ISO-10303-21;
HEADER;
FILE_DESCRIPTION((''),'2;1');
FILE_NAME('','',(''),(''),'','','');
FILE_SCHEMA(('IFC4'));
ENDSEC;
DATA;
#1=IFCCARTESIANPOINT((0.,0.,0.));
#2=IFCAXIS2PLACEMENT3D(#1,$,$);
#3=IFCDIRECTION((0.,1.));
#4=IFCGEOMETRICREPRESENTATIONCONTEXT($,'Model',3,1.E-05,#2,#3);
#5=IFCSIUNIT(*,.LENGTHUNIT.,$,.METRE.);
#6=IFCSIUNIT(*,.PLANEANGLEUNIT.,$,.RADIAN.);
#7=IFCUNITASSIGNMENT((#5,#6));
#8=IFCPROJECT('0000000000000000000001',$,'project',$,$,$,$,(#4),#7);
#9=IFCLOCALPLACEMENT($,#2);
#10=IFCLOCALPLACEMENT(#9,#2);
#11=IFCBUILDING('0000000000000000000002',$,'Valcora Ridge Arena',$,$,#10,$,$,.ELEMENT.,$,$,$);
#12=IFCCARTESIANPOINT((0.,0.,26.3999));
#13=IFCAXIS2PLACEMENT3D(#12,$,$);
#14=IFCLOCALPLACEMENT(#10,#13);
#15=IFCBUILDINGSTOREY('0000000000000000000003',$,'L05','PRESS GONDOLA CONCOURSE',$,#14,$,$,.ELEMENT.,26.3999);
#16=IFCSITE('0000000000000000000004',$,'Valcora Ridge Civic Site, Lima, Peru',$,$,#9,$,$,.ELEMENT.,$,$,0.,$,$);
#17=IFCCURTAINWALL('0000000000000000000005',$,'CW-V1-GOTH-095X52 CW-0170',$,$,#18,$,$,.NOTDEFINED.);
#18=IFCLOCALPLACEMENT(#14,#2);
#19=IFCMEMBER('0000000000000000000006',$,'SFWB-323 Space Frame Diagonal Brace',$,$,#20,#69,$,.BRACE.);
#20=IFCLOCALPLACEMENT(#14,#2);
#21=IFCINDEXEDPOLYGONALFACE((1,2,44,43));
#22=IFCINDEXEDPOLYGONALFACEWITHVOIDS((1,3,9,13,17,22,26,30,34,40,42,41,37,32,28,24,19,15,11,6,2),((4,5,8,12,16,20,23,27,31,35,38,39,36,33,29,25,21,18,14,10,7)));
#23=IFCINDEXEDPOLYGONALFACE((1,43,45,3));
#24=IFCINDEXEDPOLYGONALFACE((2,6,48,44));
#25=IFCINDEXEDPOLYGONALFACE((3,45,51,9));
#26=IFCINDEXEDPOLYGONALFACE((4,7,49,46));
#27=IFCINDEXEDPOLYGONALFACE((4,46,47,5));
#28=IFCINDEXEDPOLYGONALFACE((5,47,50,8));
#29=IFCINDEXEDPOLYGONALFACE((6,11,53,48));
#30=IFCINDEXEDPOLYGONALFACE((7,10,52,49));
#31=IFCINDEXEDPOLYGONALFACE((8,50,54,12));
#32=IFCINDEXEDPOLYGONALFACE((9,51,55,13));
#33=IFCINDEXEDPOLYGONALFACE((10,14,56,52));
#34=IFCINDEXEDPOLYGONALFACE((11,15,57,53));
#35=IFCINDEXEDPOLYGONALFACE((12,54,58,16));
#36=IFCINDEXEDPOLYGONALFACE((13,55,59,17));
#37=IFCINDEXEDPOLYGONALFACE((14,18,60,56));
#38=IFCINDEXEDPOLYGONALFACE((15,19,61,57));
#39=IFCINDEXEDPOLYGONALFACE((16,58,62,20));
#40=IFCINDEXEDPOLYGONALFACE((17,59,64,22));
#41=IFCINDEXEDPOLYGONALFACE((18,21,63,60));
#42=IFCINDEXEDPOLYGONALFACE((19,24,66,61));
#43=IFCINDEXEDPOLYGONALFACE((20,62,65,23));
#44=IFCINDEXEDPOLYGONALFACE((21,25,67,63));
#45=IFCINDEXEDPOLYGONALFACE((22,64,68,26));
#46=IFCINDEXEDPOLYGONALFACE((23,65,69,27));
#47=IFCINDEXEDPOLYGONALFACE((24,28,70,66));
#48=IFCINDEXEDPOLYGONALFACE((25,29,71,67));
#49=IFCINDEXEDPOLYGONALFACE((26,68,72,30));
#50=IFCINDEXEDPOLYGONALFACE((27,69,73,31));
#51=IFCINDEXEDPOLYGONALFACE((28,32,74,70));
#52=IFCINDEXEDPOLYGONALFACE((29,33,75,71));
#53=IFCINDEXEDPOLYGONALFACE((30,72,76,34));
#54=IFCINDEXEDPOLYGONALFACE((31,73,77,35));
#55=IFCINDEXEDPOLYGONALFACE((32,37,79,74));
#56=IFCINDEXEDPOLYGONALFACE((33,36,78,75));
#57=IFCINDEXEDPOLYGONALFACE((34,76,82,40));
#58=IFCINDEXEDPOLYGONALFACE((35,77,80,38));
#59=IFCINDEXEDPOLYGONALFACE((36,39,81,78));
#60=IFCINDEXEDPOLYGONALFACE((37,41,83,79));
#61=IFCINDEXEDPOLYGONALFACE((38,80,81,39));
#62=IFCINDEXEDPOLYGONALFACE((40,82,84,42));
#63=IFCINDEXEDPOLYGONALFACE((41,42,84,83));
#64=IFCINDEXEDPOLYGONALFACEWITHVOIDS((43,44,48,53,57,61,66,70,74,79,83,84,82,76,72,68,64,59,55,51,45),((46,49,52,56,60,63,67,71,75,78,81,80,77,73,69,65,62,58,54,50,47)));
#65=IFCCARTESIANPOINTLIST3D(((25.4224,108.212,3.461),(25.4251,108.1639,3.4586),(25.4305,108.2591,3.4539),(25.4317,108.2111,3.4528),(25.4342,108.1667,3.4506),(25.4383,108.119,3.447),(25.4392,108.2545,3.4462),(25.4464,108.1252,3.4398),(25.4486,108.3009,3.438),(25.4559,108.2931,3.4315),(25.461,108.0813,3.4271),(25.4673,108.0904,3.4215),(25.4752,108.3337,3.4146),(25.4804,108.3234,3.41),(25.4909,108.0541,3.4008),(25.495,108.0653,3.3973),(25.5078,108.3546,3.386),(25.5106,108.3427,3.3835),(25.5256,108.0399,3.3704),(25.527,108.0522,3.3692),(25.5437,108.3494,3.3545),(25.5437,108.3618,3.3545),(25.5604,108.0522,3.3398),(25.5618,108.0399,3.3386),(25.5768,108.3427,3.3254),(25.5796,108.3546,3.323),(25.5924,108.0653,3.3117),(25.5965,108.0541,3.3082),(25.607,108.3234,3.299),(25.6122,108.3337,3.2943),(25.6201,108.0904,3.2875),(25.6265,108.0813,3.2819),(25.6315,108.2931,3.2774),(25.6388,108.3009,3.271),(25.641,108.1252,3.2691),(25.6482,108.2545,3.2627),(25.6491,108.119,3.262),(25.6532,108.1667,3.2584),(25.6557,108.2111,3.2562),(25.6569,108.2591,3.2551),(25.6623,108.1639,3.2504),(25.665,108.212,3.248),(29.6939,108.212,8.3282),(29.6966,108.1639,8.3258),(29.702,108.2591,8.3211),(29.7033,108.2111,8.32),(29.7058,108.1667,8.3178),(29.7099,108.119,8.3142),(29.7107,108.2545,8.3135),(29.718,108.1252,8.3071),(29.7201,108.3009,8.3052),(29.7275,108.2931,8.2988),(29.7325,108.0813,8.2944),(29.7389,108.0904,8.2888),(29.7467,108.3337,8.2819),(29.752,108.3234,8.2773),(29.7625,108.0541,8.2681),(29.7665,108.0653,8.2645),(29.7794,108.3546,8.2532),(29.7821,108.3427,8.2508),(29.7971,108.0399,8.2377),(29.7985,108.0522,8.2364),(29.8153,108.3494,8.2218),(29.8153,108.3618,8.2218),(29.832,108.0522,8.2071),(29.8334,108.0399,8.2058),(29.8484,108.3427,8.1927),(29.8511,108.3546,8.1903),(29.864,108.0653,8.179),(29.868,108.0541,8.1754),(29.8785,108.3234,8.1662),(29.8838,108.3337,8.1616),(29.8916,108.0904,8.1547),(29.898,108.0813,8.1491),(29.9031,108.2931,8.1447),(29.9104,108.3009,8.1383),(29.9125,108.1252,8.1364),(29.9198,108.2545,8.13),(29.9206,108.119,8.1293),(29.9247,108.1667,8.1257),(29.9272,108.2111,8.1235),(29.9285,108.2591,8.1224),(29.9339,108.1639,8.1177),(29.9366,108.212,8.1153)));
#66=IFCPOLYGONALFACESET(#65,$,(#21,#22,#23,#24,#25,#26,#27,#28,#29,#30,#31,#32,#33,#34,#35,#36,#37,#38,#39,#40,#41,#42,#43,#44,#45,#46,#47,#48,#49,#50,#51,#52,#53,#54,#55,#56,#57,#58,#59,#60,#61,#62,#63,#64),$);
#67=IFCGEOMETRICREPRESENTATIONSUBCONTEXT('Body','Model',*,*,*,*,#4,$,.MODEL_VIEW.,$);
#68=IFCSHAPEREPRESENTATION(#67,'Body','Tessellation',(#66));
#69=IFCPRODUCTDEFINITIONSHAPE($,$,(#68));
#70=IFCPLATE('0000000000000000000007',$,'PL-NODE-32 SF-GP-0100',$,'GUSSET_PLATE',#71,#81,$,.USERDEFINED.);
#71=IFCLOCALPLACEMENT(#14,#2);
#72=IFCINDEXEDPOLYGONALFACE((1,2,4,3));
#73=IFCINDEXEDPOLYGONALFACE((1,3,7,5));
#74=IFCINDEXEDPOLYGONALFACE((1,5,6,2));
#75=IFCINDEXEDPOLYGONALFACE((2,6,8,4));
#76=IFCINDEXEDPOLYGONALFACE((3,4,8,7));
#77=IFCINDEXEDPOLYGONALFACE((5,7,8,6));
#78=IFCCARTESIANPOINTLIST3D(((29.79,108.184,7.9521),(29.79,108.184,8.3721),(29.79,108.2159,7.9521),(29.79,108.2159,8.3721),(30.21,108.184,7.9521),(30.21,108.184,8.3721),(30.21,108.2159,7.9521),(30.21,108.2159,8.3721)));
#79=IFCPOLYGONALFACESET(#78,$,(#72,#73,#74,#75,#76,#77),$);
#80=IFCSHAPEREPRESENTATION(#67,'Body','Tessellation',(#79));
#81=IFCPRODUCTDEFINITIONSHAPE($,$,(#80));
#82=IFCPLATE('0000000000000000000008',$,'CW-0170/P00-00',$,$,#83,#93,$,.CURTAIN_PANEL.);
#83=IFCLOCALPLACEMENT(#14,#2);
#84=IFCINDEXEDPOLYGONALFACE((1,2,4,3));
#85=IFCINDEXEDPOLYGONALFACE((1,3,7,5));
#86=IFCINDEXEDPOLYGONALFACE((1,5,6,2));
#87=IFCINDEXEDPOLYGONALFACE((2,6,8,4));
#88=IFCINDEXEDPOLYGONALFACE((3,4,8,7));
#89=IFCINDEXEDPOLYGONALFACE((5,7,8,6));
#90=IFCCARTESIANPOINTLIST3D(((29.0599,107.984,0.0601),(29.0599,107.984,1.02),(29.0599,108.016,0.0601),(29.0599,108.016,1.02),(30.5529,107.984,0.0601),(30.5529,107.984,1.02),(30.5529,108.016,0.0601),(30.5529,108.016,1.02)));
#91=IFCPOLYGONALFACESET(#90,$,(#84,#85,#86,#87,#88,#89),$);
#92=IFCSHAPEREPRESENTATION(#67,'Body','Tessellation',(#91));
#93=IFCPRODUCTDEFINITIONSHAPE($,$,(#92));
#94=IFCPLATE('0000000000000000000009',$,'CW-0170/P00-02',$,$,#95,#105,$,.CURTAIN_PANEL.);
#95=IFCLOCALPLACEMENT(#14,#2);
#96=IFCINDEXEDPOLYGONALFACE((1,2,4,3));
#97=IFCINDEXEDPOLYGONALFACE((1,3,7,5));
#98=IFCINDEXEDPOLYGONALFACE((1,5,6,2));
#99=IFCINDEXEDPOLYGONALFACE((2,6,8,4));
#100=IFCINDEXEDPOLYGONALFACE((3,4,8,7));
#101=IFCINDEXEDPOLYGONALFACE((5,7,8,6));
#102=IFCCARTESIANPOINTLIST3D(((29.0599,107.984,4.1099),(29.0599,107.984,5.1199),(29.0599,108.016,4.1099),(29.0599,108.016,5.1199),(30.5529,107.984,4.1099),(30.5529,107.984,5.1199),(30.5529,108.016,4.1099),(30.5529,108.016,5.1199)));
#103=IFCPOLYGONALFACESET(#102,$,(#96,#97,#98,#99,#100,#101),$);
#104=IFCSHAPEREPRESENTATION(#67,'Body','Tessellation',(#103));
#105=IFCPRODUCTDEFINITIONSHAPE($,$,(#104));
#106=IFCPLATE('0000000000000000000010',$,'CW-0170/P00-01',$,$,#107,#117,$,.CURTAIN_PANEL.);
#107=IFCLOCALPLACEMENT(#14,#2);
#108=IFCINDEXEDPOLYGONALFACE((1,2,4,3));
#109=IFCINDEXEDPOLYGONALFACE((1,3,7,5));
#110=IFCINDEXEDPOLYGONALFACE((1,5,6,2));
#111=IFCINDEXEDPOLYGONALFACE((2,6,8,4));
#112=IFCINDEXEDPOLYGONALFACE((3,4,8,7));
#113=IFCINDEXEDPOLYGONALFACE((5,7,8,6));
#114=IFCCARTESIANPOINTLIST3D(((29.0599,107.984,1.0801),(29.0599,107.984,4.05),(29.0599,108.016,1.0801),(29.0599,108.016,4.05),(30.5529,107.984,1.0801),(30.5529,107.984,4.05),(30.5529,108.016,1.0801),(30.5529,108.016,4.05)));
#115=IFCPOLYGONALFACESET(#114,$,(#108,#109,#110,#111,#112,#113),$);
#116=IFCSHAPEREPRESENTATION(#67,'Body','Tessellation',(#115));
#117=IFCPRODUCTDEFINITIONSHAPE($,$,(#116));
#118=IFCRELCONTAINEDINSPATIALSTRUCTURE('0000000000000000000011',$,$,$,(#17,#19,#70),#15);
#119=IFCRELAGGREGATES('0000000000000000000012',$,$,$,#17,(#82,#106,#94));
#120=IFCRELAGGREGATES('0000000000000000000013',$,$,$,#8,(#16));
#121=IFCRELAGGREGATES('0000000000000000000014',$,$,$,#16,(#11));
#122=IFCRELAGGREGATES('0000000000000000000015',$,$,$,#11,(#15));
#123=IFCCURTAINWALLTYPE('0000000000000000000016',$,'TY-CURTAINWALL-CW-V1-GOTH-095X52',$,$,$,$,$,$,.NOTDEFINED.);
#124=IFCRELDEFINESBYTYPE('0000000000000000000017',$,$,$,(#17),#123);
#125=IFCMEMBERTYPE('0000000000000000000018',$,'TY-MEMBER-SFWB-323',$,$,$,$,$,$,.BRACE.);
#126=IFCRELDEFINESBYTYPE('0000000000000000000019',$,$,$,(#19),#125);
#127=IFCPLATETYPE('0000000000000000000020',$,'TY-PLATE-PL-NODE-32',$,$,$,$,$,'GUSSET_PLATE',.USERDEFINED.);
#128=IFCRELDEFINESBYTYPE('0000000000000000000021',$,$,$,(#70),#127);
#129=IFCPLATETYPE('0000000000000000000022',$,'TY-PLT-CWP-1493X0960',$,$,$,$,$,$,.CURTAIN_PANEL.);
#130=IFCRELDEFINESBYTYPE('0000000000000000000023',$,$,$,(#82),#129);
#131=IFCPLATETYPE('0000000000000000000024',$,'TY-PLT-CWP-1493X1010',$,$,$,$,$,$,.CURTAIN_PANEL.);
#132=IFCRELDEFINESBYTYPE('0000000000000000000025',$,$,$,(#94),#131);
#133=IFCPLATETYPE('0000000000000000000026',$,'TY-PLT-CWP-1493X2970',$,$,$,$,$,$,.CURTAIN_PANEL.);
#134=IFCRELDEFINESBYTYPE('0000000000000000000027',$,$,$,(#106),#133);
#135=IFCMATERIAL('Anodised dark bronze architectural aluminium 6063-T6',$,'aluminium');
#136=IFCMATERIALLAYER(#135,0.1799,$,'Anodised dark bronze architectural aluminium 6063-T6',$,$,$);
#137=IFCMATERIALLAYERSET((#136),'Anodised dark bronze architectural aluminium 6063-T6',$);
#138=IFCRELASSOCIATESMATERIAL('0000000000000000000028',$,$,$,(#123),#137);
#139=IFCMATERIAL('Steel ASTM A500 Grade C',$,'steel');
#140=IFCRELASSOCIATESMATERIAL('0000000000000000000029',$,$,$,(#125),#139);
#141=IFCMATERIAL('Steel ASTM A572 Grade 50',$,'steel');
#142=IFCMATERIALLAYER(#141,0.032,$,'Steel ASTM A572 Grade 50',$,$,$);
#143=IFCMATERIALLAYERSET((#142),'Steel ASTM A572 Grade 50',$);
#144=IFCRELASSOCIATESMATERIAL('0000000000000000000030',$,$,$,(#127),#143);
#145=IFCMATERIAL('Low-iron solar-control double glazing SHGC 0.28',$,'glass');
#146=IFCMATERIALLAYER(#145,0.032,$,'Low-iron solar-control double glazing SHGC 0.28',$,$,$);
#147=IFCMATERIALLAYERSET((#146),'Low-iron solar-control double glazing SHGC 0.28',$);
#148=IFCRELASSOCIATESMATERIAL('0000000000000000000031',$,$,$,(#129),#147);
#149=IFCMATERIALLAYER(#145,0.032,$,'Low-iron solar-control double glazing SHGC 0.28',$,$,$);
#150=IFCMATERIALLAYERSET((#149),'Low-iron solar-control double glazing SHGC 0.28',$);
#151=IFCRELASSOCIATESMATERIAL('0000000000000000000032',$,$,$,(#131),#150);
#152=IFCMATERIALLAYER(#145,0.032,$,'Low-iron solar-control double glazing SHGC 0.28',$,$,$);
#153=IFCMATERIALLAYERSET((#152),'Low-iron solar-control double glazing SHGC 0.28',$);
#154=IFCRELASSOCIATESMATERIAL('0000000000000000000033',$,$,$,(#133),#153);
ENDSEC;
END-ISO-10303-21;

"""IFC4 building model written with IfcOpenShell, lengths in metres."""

from ifc_helpers import new_model, si_unit, direction, frame, origin, origin_2d, place, context, subcontext, project, spatial, rectangle, hollow_circle, extrude, material, layer, layer_set, material_profile, profile_set, type_object, element, aggregate, save


model = new_model("IFC4")

# Units and contexts
model_context = context("Model", 3, precision=1e-05, world=origin(), true_north=direction((0.0, 1.0)))
body_context = subcontext(model_context, "Body", "Model", "MODEL_VIEW")
ifc_project = project(units=[si_unit("LENGTHUNIT", "METRE"), si_unit("PLANEANGLEUNIT", "RADIAN")], contexts=[model_context])

# Site, building, storey
site_placement = place(None, origin())
site = spatial("IfcSite", under=ifc_project, at=site_placement, Name="Valcora Ridge Civic Site, Lima, Peru", CompositionType="ELEMENT", RefElevation=0.0)
building_placement = place(site_placement, origin())
building = spatial("IfcBuilding", under=site, at=building_placement, Name="Valcora Ridge Arena", CompositionType="ELEMENT")
storey_placement = place(building_placement, frame((0.0, 0.0, 26.3999)))
storey = spatial("IfcBuildingStorey", under=building, at=storey_placement, Name="L05", Description="PRESS GONDOLA CONCOURSE", CompositionType="ELEMENT", Elevation=26.3999)

# Curtain wall
ifc_material_1 = material(Name="Anodised dark bronze architectural aluminium 6063-T6", Category="aluminium")
ifc_layer_1 = layer(ifc_material_1, 0.1799, Name="Anodised dark bronze architectural aluminium 6063-T6")
ifc_layer_set_1 = layer_set([ifc_layer_1], Name="Anodised dark bronze architectural aluminium 6063-T6")
curtain_wall_type = type_object("IfcCurtainWallType", Name="TY-CURTAINWALL-CW-V1-GOTH-095X52", PredefinedType="NOTDEFINED", material=ifc_layer_set_1)
curtain_wall_placement = place(storey_placement, origin())
curtain_wall = element("IfcCurtainWall", 1, at=curtain_wall_placement, inside=storey, type_object=curtain_wall_type, Name="CW-V1-GOTH-095X52 CW-0170", PredefinedType="NOTDEFINED")

# Member
ifc_material_2 = material(Name="Steel ASTM A500 Grade C", Category="steel")
ifc_material_profile_1 = material_profile(ifc_material_2, hollow_circle(Radius=0.1619, WallThickness=0.0125, at=origin_2d()), Name="CHS323X12")
ifc_profile_set_1 = profile_set([ifc_material_profile_1], Name="Steel ASTM A500 Grade C")
member_type_1 = type_object("IfcMemberType", Name="TY-MEMBER-SFWB-323", PredefinedType="BRACE", material=ifc_profile_set_1)
member_1_placement = place(storey_placement, frame((25.5437, 108.2, 3.3545), z_axis=(0.659614, 0.0, 0.751604), x_axis=(0.0, 1.0, 0.0)))
element("IfcMember", 2, at=member_1_placement, inside=storey, type_object=member_type_1, Name="SFWB-323 Space Frame Diagonal Brace", PredefinedType="BRACE", context=body_context, shape_type="SweptSolid", body=[
    extrude(hollow_circle(Radius=0.1619, WallThickness=0.0125, at=origin_2d()), origin(), (0.0, 0.0, 1.0), 6.4758),
])

# Plates
ifc_material_3 = material(Name="Steel ASTM A572 Grade 50", Category="steel")
ifc_layer_2 = layer(ifc_material_3, 0.032, Name="Steel ASTM A572 Grade 50")
ifc_layer_set_2 = layer_set([ifc_layer_2], Name="Steel ASTM A572 Grade 50")
plate_type_1 = type_object("IfcPlateType", Name="TY-PLATE-PL-NODE-32", ElementType="GUSSET_PLATE", PredefinedType="USERDEFINED", material=ifc_layer_set_2)
plate_1_placement = place(storey_placement, frame((30.0, 108.2, 7.9521), z_axis=(0.0, 0.0, 1.0), x_axis=(1.0, 0.0, 0.0)))
element("IfcPlate", 3, at=plate_1_placement, inside=storey, type_object=plate_type_1, Name="PL-NODE-32 SF-GP-0100", ObjectType="GUSSET_PLATE", PredefinedType="USERDEFINED", context=body_context, shape_type="SweptSolid", body=[
    extrude(rectangle(XDim=0.4199, YDim=0.032, at=origin_2d()), origin(), (0.0, 0.0, 1.0), 0.4199),
])
ifc_material_4 = material(Name="Low-iron solar-control double glazing SHGC 0.28", Category="glass")
ifc_layer_3 = layer(ifc_material_4, 0.032, Name="Low-iron solar-control double glazing SHGC 0.28")
ifc_layer_set_3 = layer_set([ifc_layer_3], Name="Low-iron solar-control double glazing SHGC 0.28")
plate_type_2 = type_object("IfcPlateType", Name="TY-PLT-CWP-1493X0960", PredefinedType="CURTAIN_PANEL", material=ifc_layer_set_3)
plate_2_placement = place(storey_placement, frame((29.8064, 108.0, 0.0601), z_axis=(0.0, 0.0, 1.0), x_axis=(1.0, 0.0, 0.0)))
plate_2 = element("IfcPlate", 4, at=plate_2_placement, type_object=plate_type_2, Name="CW-0170/P00-00", PredefinedType="CURTAIN_PANEL", context=body_context, shape_type="SweptSolid", body=[
    extrude(rectangle(XDim=1.4929, YDim=0.032, at=origin_2d()), origin(), (0.0, 0.0, 1.0), 0.96),
])
ifc_layer_4 = layer(ifc_material_4, 0.032, Name="Low-iron solar-control double glazing SHGC 0.28")
ifc_layer_set_4 = layer_set([ifc_layer_4], Name="Low-iron solar-control double glazing SHGC 0.28")
plate_type_3 = type_object("IfcPlateType", Name="TY-PLT-CWP-1493X1010", PredefinedType="CURTAIN_PANEL", material=ifc_layer_set_4)
plate_3_placement = place(storey_placement, frame((29.8064, 108.0, 4.1099), z_axis=(0.0, 0.0, 1.0), x_axis=(1.0, 0.0, 0.0)))
plate_3 = element("IfcPlate", 5, at=plate_3_placement, type_object=plate_type_3, Name="CW-0170/P00-02", PredefinedType="CURTAIN_PANEL", context=body_context, shape_type="SweptSolid", body=[
    extrude(rectangle(XDim=1.4929, YDim=0.032, at=origin_2d()), origin(), (0.0, 0.0, 1.0), 1.01),
])
ifc_layer_5 = layer(ifc_material_4, 0.032, Name="Low-iron solar-control double glazing SHGC 0.28")
ifc_layer_set_5 = layer_set([ifc_layer_5], Name="Low-iron solar-control double glazing SHGC 0.28")
plate_type_4 = type_object("IfcPlateType", Name="TY-PLT-CWP-1493X2970", PredefinedType="CURTAIN_PANEL", material=ifc_layer_set_5)
plate_4_placement = place(storey_placement, frame((29.8064, 108.0, 1.0801), z_axis=(0.0, 0.0, 1.0), x_axis=(1.0, 0.0, 0.0)))
plate_4 = element("IfcPlate", 6, at=plate_4_placement, type_object=plate_type_4, Name="CW-0170/P00-01", PredefinedType="CURTAIN_PANEL", context=body_context, shape_type="SweptSolid", body=[
    extrude(rectangle(XDim=1.4929, YDim=0.032, at=origin_2d()), origin(), (0.0, 0.0, 1.0), 2.97),
])
aggregate(curtain_wall, [plate_2, plate_4, plate_3])

save(model, "model.ifc")
